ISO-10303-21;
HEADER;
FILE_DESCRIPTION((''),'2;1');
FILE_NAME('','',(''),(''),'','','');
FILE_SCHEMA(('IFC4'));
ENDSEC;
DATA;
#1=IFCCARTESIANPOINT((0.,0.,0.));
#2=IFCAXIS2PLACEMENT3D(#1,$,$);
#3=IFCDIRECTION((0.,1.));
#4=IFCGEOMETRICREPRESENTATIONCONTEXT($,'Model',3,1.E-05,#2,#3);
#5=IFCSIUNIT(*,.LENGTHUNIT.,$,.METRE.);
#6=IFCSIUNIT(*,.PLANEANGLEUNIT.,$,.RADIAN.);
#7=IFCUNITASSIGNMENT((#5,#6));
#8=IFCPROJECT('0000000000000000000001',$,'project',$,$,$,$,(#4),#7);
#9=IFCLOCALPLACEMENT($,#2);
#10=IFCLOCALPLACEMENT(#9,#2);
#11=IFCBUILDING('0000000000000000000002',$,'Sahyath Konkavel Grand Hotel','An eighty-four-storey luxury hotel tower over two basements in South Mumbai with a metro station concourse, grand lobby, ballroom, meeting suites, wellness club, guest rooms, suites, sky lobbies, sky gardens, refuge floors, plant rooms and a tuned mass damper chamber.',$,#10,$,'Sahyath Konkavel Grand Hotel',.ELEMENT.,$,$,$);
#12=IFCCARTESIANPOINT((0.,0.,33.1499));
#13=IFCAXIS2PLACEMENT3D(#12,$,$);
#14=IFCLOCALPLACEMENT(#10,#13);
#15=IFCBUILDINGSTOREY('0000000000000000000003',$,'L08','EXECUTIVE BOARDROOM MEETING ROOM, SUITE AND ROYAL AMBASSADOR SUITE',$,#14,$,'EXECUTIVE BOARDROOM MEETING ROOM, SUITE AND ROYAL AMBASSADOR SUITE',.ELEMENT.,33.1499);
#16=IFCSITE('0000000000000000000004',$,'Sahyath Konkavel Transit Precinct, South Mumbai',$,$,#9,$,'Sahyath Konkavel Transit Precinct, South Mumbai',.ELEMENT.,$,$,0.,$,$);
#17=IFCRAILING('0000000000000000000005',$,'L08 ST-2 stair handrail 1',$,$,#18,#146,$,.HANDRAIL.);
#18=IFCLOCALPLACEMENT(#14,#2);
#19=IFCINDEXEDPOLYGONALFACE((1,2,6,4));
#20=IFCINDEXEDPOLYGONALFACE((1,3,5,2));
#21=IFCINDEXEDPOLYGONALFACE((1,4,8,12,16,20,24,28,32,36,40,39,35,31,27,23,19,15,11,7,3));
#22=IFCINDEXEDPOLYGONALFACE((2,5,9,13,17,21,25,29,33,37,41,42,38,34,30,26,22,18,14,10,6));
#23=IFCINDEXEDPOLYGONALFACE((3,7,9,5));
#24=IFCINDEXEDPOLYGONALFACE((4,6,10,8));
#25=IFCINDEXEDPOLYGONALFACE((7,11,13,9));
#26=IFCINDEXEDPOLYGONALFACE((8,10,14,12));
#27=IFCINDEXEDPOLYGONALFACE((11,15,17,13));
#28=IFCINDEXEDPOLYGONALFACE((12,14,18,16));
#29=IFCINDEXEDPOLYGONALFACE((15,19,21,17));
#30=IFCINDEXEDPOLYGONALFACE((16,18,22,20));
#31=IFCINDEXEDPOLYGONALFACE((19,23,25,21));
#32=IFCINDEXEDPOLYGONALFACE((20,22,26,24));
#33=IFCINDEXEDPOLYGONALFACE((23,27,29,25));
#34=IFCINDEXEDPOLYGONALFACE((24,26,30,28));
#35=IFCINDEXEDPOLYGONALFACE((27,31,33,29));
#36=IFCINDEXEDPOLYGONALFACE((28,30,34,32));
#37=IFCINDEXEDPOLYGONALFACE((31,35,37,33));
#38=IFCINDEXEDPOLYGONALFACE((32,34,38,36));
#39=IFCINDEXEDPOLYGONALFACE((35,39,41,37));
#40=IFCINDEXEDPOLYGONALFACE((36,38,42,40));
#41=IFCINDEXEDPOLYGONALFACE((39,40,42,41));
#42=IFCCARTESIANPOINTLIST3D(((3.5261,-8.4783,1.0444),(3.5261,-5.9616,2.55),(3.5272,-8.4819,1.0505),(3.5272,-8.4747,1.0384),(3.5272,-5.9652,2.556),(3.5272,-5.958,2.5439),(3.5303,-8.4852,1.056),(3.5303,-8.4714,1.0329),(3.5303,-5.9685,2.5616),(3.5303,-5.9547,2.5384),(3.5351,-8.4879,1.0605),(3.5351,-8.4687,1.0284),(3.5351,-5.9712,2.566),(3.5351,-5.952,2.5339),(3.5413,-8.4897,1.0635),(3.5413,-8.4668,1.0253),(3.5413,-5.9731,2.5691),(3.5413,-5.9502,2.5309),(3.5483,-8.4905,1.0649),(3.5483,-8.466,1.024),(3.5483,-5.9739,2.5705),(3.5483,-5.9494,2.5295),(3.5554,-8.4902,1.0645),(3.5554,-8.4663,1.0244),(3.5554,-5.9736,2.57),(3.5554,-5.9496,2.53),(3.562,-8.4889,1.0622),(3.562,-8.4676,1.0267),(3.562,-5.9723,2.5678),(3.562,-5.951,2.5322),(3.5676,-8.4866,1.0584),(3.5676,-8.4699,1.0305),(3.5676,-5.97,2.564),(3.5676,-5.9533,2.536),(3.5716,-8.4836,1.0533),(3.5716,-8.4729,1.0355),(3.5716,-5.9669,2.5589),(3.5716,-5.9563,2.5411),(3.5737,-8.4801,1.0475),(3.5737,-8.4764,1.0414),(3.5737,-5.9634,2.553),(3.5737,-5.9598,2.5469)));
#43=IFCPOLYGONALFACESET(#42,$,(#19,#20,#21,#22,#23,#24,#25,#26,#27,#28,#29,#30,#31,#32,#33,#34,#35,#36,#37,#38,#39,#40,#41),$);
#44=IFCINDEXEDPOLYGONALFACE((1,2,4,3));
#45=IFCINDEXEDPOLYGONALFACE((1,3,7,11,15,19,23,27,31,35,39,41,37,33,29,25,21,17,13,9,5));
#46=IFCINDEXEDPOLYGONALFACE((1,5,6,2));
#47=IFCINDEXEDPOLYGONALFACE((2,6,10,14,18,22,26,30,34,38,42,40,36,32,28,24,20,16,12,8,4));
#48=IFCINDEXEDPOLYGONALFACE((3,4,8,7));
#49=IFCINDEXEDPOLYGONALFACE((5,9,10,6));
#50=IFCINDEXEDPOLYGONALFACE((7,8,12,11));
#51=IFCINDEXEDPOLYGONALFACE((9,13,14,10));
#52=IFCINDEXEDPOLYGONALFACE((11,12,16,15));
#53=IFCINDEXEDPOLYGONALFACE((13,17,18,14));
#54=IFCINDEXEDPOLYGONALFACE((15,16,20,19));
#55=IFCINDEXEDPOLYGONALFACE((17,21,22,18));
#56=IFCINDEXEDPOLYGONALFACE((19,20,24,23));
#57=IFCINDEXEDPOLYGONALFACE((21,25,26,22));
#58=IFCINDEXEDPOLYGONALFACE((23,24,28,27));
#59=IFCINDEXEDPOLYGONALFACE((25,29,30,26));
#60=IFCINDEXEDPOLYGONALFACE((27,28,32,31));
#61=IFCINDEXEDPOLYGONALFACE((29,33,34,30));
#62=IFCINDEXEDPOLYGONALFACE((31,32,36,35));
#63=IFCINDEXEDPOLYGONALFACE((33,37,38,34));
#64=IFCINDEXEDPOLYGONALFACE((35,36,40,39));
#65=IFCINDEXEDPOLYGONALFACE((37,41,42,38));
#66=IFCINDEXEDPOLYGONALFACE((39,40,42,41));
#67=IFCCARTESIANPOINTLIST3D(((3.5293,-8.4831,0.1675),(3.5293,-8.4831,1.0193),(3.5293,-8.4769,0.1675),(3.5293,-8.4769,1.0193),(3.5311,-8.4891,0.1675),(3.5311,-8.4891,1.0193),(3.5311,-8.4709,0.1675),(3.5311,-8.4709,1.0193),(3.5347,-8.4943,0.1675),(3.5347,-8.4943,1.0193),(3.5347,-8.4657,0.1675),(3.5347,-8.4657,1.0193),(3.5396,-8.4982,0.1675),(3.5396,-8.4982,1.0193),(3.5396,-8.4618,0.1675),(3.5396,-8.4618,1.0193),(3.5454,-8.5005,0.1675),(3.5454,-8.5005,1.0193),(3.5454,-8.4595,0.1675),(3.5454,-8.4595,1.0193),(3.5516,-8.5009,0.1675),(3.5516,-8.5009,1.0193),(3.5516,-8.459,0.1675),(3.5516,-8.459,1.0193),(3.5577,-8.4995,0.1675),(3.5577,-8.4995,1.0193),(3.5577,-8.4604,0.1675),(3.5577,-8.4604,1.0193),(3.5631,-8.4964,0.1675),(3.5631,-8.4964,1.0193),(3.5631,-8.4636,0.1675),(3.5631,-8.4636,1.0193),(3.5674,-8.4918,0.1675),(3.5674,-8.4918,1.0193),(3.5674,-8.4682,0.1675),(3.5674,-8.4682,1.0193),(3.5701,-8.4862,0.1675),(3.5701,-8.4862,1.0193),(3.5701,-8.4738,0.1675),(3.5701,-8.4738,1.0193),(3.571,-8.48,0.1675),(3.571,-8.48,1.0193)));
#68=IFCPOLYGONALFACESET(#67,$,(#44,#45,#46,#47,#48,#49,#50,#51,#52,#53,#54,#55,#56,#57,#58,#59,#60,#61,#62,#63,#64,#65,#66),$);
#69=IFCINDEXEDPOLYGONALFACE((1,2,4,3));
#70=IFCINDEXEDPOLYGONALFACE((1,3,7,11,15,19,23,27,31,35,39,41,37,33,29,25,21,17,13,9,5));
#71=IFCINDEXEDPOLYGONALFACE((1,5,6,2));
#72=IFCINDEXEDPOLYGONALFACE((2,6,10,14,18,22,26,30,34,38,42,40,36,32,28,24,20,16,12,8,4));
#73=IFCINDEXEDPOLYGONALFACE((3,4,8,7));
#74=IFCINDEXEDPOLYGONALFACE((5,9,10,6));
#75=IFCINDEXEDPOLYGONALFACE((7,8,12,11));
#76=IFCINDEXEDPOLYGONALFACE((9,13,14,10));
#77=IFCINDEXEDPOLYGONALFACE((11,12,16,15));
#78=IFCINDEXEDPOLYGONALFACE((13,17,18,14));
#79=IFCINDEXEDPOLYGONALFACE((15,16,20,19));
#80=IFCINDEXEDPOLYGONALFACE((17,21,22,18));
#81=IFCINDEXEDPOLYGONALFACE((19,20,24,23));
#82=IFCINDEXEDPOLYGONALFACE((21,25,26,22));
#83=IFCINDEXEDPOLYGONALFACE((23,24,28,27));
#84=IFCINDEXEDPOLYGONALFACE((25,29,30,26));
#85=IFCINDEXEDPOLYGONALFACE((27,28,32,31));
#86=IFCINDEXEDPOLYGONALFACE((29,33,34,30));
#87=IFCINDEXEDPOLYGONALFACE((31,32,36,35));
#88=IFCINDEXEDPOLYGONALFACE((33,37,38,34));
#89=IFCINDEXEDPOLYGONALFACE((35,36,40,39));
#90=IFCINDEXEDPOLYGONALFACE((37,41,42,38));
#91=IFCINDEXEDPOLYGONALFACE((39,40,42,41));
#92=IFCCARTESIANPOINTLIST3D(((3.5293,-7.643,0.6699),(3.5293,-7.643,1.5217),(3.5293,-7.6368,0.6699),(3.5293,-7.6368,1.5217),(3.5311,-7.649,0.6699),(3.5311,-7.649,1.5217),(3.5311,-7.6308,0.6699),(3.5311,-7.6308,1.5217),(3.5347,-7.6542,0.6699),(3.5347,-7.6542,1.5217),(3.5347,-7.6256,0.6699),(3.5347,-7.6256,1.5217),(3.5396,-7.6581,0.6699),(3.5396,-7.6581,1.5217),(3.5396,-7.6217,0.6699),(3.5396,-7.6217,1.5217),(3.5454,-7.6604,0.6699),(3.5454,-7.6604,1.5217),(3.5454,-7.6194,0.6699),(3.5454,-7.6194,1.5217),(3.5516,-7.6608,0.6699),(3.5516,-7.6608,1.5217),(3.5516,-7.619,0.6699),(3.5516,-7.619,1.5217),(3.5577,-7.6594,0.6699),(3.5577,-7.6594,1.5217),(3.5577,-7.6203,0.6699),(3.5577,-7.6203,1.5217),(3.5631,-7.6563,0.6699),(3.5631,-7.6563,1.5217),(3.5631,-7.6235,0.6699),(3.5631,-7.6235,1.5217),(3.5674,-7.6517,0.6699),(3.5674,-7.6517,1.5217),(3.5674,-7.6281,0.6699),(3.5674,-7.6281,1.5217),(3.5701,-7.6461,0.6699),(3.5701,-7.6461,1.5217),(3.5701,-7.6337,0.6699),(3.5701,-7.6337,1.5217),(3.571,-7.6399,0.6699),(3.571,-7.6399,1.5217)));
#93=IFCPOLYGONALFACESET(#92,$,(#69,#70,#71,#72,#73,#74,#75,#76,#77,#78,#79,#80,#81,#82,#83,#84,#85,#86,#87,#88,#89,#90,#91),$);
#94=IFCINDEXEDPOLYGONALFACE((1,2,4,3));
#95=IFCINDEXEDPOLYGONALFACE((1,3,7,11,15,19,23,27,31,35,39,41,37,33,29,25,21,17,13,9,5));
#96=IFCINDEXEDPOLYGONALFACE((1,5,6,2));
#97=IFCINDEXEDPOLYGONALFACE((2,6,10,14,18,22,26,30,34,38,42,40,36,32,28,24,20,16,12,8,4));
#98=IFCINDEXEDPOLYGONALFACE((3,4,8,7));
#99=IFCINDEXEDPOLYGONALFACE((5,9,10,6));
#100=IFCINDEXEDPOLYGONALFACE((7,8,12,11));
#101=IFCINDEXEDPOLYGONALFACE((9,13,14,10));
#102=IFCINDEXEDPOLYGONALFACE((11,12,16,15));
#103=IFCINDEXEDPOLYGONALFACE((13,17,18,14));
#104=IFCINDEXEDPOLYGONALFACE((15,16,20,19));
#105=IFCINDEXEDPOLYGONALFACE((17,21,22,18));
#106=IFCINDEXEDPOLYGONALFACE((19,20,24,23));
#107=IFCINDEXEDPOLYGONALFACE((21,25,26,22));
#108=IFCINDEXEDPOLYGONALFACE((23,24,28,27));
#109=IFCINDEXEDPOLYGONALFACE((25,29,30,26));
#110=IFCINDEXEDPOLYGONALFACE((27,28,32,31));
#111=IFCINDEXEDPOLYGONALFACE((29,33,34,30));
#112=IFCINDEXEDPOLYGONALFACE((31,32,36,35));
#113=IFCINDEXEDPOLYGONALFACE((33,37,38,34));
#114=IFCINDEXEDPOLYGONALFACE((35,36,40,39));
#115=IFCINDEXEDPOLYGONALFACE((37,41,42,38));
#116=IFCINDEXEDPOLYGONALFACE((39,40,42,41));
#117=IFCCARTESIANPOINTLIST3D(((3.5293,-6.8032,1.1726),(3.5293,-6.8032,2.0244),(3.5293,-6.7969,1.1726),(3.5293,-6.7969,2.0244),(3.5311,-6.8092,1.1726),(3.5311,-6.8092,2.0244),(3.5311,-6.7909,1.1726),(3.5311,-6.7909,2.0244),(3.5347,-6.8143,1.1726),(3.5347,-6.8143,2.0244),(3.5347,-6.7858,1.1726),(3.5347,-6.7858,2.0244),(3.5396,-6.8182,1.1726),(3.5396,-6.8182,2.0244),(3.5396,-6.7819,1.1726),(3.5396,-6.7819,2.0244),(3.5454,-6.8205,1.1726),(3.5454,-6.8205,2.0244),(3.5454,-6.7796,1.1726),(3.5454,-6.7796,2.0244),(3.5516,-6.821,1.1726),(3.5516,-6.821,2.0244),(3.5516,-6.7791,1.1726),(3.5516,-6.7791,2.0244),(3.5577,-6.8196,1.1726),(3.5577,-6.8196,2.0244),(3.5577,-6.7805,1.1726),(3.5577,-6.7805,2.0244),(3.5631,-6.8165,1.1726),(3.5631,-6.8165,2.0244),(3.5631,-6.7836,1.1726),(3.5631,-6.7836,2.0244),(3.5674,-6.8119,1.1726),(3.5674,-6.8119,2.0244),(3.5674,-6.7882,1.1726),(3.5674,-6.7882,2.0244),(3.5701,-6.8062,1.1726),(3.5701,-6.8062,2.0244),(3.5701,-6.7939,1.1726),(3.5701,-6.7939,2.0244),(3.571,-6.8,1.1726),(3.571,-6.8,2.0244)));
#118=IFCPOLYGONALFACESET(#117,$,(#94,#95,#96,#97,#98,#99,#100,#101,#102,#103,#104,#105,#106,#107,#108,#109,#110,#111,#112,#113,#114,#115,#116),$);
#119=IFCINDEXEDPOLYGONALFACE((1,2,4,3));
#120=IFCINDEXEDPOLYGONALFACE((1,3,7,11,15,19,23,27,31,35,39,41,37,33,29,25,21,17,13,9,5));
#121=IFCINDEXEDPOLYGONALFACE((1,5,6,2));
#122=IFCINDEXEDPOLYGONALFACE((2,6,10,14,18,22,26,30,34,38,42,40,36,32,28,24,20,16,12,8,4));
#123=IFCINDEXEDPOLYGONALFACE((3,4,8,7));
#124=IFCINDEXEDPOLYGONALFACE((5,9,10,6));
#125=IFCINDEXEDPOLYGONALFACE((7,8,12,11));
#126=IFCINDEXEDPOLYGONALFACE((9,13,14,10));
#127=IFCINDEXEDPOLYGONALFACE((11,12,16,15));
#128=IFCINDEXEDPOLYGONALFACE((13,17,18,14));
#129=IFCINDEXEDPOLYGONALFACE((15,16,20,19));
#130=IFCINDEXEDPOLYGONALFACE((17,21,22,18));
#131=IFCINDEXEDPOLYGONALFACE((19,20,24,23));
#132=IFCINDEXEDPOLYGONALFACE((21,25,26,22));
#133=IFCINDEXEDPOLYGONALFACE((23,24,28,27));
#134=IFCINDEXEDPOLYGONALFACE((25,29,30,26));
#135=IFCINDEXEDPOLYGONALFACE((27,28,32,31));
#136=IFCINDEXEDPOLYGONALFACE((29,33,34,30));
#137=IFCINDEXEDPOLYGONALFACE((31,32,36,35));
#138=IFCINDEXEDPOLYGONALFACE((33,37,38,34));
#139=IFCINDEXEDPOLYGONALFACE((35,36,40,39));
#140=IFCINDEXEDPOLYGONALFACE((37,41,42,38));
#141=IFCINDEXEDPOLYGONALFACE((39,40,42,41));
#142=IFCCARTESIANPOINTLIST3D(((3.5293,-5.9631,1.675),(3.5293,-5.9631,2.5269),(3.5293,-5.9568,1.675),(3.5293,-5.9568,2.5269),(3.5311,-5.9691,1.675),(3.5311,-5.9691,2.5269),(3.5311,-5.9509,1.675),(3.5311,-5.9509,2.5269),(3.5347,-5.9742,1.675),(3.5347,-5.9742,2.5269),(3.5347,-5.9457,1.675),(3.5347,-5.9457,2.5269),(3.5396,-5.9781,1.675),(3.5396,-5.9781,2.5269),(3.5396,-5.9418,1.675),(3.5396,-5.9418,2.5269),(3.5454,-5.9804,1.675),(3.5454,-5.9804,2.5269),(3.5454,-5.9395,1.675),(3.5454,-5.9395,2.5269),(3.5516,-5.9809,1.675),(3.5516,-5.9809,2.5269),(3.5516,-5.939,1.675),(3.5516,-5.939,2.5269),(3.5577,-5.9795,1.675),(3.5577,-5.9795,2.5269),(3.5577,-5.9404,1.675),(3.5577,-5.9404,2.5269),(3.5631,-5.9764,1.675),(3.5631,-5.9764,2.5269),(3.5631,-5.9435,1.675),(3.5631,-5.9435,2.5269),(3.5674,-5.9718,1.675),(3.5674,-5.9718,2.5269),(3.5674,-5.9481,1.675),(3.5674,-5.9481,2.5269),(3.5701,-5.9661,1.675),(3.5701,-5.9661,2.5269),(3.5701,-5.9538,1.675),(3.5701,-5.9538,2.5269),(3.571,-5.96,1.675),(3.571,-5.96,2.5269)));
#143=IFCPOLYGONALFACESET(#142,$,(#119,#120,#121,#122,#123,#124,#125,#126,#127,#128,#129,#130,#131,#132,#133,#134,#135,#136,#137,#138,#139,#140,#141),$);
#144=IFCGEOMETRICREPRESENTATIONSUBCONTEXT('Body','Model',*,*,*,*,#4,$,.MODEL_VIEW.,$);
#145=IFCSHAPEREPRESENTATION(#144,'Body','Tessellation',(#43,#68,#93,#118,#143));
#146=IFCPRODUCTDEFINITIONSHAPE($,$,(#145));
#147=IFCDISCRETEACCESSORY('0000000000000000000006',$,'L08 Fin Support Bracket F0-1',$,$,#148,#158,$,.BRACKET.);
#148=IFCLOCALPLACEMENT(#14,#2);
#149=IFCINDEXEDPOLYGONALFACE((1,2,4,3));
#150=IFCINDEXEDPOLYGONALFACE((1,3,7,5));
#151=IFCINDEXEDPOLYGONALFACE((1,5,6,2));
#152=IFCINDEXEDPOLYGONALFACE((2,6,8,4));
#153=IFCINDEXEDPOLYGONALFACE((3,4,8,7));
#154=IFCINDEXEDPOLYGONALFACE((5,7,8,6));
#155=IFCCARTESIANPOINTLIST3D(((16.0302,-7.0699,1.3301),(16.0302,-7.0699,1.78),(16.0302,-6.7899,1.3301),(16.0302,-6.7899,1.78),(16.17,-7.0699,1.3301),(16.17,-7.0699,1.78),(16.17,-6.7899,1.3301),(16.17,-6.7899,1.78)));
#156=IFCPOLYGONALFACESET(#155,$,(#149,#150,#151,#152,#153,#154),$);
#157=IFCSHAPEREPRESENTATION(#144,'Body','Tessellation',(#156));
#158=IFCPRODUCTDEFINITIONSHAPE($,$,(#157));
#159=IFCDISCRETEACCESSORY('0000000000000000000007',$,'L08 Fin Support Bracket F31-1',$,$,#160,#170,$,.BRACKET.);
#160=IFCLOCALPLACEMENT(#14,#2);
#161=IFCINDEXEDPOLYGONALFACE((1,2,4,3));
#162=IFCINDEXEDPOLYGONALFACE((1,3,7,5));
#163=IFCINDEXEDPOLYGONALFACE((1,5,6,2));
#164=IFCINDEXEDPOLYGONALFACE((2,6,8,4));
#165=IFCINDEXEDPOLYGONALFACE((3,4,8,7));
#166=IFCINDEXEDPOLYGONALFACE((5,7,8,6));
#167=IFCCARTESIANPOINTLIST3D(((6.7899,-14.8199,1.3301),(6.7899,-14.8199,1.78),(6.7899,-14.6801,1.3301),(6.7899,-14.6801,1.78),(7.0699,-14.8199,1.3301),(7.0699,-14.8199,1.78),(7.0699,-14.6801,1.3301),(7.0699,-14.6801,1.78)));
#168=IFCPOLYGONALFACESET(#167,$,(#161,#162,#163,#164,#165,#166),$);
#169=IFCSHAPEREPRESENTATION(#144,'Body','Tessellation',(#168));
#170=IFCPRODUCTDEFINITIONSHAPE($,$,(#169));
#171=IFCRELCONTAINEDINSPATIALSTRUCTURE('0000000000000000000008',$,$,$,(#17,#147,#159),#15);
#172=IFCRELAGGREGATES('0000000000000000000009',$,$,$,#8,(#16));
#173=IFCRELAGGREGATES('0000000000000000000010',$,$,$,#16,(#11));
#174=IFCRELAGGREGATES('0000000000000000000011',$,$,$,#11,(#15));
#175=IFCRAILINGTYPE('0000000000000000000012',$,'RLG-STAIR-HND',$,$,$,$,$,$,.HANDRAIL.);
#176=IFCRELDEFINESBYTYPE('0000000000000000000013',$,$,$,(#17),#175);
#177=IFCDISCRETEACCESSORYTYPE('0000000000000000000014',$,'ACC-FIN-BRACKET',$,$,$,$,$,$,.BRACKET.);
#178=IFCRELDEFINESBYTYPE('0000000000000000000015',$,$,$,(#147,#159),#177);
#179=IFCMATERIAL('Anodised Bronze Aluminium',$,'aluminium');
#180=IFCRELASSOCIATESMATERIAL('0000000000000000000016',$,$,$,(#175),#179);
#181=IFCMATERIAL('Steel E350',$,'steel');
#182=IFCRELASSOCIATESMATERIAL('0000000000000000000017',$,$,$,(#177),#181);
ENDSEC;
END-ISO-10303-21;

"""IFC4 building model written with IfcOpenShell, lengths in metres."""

from ifc_helpers import new_model, si_unit, direction, frame, origin, origin_2d, place, context, subcontext, project, spatial, rectangle, circle, extrude, source, transform, mapped, material, type_object, element, save


model = new_model("IFC4")

# Units and contexts
model_context = context("Model", 3, precision=1e-05, world=origin(), true_north=direction((0.0, 1.0)))
body_context = subcontext(model_context, "Body", "Model", "MODEL_VIEW")
ifc_project = project(units=[si_unit("LENGTHUNIT", "METRE"), si_unit("PLANEANGLEUNIT", "RADIAN")], contexts=[model_context])

# Site, building, storey
site_placement = place(None, origin())
site = spatial("IfcSite", under=ifc_project, at=site_placement, Name="Sahyath Konkavel Transit Precinct, South Mumbai", LongName="Sahyath Konkavel Transit Precinct, South Mumbai", CompositionType="ELEMENT", RefElevation=0.0)
building_placement = place(site_placement, origin())
building = spatial("IfcBuilding", under=site, at=building_placement, Name="Sahyath Konkavel Grand Hotel", Description="An eighty-four-storey luxury hotel tower over two basements in South Mumbai with a metro station concourse, grand lobby, ballroom, meeting suites, wellness club, guest rooms, suites, sky lobbies, sky gardens, refuge floors, plant rooms and a tuned mass damper chamber.", LongName="Sahyath Konkavel Grand Hotel", CompositionType="ELEMENT")
storey_placement = place(building_placement, frame((0.0, 0.0, 33.1499)))
storey = spatial("IfcBuildingStorey", under=building, at=storey_placement, Name="L08", Description="EXECUTIVE BOARDROOM MEETING ROOM, SUITE AND ROYAL AMBASSADOR SUITE", LongName="EXECUTIVE BOARDROOM MEETING ROOM, SUITE AND ROYAL AMBASSADOR SUITE", CompositionType="ELEMENT", Elevation=33.1499)

# Shared definitions
ifc_material_1 = material(Name="Steel E350", Category="steel")

# Shared definitions
ifc_material_2 = material(Name="Anodised Bronze Aluminium", Category="aluminium")

# Railing
railing_type_1 = type_object("IfcRailingType", Name="RLG-STAIR-HND", PredefinedType="HANDRAIL", material=ifc_material_2)
railing_1_placement = place(storey_placement, frame((3.55, -8.48, 0.1675)))
element("IfcRailing", 1, at=railing_1_placement, inside=storey, type_object=railing_type_1, Name="L08 ST-2 stair handrail 1", PredefinedType="HANDRAIL", context=body_context, shape_type="SweptSolid", body=[
    extrude(circle(Radius=0.0239, at=origin_2d()), frame((0.0, 0.0017, 0.877), z_axis=(0.0, 0.85816, 0.513383), x_axis=(-1.0, 0.0, 0.0)), (0.0, 0.0, 1.0), 2.9326),
    extrude(circle(Radius=0.021, at=origin_2d()), origin(), (0.0, 0.0, 1.0), 0.8518),
    extrude(circle(Radius=0.021, at=origin_2d()), frame((0.0, 0.8401, 0.5024)), (0.0, 0.0, 1.0), 0.8518),
    extrude(circle(Radius=0.021, at=origin_2d()), frame((0.0, 1.6799, 1.0051)), (0.0, 0.0, 1.0), 0.8518),
    extrude(circle(Radius=0.021, at=origin_2d()), frame((0.0, 2.52, 1.5076)), (0.0, 0.0, 1.0), 0.8518),
])

# Discrete accessories
discrete_accessory_type = type_object("IfcDiscreteAccessoryType", Name="ACC-FIN-BRACKET", PredefinedType="BRACKET", material=ifc_material_1)
shared_shape_1 = source(origin(), body_context, "Body", "SweptSolid", [
    extrude(rectangle(XDim=0.28, YDim=0.1399, at=origin_2d()), origin(), (0.0, 0.0, 1.0), 0.45),
])
for number, where, z_axis, x_axis, name in (
    (2, (16.1001, -6.9299, 1.3301), (0.0, 0.0, 1.0), (0.0, -1.0, 0.0), "L08 Fin Support Bracket F0-1"),
    (3, (6.9299, -14.75, 1.3301), (0.0, 0.0, 1.0), (1.0, 0.0, 0.0), "L08 Fin Support Bracket F31-1"),
):
    element("IfcDiscreteAccessory", number, at=place(storey_placement, frame(where, z_axis=z_axis, x_axis=x_axis)), inside=storey, type_object=discrete_accessory_type, Name=name, PredefinedType="BRACKET", context=body_context, shape_type="MappedRepresentation", body=[
        mapped(shared_shape_1, transform((0.0, 0.0, 0.0), scale=1.0)),
    ])

save(model, "model.ifc")
